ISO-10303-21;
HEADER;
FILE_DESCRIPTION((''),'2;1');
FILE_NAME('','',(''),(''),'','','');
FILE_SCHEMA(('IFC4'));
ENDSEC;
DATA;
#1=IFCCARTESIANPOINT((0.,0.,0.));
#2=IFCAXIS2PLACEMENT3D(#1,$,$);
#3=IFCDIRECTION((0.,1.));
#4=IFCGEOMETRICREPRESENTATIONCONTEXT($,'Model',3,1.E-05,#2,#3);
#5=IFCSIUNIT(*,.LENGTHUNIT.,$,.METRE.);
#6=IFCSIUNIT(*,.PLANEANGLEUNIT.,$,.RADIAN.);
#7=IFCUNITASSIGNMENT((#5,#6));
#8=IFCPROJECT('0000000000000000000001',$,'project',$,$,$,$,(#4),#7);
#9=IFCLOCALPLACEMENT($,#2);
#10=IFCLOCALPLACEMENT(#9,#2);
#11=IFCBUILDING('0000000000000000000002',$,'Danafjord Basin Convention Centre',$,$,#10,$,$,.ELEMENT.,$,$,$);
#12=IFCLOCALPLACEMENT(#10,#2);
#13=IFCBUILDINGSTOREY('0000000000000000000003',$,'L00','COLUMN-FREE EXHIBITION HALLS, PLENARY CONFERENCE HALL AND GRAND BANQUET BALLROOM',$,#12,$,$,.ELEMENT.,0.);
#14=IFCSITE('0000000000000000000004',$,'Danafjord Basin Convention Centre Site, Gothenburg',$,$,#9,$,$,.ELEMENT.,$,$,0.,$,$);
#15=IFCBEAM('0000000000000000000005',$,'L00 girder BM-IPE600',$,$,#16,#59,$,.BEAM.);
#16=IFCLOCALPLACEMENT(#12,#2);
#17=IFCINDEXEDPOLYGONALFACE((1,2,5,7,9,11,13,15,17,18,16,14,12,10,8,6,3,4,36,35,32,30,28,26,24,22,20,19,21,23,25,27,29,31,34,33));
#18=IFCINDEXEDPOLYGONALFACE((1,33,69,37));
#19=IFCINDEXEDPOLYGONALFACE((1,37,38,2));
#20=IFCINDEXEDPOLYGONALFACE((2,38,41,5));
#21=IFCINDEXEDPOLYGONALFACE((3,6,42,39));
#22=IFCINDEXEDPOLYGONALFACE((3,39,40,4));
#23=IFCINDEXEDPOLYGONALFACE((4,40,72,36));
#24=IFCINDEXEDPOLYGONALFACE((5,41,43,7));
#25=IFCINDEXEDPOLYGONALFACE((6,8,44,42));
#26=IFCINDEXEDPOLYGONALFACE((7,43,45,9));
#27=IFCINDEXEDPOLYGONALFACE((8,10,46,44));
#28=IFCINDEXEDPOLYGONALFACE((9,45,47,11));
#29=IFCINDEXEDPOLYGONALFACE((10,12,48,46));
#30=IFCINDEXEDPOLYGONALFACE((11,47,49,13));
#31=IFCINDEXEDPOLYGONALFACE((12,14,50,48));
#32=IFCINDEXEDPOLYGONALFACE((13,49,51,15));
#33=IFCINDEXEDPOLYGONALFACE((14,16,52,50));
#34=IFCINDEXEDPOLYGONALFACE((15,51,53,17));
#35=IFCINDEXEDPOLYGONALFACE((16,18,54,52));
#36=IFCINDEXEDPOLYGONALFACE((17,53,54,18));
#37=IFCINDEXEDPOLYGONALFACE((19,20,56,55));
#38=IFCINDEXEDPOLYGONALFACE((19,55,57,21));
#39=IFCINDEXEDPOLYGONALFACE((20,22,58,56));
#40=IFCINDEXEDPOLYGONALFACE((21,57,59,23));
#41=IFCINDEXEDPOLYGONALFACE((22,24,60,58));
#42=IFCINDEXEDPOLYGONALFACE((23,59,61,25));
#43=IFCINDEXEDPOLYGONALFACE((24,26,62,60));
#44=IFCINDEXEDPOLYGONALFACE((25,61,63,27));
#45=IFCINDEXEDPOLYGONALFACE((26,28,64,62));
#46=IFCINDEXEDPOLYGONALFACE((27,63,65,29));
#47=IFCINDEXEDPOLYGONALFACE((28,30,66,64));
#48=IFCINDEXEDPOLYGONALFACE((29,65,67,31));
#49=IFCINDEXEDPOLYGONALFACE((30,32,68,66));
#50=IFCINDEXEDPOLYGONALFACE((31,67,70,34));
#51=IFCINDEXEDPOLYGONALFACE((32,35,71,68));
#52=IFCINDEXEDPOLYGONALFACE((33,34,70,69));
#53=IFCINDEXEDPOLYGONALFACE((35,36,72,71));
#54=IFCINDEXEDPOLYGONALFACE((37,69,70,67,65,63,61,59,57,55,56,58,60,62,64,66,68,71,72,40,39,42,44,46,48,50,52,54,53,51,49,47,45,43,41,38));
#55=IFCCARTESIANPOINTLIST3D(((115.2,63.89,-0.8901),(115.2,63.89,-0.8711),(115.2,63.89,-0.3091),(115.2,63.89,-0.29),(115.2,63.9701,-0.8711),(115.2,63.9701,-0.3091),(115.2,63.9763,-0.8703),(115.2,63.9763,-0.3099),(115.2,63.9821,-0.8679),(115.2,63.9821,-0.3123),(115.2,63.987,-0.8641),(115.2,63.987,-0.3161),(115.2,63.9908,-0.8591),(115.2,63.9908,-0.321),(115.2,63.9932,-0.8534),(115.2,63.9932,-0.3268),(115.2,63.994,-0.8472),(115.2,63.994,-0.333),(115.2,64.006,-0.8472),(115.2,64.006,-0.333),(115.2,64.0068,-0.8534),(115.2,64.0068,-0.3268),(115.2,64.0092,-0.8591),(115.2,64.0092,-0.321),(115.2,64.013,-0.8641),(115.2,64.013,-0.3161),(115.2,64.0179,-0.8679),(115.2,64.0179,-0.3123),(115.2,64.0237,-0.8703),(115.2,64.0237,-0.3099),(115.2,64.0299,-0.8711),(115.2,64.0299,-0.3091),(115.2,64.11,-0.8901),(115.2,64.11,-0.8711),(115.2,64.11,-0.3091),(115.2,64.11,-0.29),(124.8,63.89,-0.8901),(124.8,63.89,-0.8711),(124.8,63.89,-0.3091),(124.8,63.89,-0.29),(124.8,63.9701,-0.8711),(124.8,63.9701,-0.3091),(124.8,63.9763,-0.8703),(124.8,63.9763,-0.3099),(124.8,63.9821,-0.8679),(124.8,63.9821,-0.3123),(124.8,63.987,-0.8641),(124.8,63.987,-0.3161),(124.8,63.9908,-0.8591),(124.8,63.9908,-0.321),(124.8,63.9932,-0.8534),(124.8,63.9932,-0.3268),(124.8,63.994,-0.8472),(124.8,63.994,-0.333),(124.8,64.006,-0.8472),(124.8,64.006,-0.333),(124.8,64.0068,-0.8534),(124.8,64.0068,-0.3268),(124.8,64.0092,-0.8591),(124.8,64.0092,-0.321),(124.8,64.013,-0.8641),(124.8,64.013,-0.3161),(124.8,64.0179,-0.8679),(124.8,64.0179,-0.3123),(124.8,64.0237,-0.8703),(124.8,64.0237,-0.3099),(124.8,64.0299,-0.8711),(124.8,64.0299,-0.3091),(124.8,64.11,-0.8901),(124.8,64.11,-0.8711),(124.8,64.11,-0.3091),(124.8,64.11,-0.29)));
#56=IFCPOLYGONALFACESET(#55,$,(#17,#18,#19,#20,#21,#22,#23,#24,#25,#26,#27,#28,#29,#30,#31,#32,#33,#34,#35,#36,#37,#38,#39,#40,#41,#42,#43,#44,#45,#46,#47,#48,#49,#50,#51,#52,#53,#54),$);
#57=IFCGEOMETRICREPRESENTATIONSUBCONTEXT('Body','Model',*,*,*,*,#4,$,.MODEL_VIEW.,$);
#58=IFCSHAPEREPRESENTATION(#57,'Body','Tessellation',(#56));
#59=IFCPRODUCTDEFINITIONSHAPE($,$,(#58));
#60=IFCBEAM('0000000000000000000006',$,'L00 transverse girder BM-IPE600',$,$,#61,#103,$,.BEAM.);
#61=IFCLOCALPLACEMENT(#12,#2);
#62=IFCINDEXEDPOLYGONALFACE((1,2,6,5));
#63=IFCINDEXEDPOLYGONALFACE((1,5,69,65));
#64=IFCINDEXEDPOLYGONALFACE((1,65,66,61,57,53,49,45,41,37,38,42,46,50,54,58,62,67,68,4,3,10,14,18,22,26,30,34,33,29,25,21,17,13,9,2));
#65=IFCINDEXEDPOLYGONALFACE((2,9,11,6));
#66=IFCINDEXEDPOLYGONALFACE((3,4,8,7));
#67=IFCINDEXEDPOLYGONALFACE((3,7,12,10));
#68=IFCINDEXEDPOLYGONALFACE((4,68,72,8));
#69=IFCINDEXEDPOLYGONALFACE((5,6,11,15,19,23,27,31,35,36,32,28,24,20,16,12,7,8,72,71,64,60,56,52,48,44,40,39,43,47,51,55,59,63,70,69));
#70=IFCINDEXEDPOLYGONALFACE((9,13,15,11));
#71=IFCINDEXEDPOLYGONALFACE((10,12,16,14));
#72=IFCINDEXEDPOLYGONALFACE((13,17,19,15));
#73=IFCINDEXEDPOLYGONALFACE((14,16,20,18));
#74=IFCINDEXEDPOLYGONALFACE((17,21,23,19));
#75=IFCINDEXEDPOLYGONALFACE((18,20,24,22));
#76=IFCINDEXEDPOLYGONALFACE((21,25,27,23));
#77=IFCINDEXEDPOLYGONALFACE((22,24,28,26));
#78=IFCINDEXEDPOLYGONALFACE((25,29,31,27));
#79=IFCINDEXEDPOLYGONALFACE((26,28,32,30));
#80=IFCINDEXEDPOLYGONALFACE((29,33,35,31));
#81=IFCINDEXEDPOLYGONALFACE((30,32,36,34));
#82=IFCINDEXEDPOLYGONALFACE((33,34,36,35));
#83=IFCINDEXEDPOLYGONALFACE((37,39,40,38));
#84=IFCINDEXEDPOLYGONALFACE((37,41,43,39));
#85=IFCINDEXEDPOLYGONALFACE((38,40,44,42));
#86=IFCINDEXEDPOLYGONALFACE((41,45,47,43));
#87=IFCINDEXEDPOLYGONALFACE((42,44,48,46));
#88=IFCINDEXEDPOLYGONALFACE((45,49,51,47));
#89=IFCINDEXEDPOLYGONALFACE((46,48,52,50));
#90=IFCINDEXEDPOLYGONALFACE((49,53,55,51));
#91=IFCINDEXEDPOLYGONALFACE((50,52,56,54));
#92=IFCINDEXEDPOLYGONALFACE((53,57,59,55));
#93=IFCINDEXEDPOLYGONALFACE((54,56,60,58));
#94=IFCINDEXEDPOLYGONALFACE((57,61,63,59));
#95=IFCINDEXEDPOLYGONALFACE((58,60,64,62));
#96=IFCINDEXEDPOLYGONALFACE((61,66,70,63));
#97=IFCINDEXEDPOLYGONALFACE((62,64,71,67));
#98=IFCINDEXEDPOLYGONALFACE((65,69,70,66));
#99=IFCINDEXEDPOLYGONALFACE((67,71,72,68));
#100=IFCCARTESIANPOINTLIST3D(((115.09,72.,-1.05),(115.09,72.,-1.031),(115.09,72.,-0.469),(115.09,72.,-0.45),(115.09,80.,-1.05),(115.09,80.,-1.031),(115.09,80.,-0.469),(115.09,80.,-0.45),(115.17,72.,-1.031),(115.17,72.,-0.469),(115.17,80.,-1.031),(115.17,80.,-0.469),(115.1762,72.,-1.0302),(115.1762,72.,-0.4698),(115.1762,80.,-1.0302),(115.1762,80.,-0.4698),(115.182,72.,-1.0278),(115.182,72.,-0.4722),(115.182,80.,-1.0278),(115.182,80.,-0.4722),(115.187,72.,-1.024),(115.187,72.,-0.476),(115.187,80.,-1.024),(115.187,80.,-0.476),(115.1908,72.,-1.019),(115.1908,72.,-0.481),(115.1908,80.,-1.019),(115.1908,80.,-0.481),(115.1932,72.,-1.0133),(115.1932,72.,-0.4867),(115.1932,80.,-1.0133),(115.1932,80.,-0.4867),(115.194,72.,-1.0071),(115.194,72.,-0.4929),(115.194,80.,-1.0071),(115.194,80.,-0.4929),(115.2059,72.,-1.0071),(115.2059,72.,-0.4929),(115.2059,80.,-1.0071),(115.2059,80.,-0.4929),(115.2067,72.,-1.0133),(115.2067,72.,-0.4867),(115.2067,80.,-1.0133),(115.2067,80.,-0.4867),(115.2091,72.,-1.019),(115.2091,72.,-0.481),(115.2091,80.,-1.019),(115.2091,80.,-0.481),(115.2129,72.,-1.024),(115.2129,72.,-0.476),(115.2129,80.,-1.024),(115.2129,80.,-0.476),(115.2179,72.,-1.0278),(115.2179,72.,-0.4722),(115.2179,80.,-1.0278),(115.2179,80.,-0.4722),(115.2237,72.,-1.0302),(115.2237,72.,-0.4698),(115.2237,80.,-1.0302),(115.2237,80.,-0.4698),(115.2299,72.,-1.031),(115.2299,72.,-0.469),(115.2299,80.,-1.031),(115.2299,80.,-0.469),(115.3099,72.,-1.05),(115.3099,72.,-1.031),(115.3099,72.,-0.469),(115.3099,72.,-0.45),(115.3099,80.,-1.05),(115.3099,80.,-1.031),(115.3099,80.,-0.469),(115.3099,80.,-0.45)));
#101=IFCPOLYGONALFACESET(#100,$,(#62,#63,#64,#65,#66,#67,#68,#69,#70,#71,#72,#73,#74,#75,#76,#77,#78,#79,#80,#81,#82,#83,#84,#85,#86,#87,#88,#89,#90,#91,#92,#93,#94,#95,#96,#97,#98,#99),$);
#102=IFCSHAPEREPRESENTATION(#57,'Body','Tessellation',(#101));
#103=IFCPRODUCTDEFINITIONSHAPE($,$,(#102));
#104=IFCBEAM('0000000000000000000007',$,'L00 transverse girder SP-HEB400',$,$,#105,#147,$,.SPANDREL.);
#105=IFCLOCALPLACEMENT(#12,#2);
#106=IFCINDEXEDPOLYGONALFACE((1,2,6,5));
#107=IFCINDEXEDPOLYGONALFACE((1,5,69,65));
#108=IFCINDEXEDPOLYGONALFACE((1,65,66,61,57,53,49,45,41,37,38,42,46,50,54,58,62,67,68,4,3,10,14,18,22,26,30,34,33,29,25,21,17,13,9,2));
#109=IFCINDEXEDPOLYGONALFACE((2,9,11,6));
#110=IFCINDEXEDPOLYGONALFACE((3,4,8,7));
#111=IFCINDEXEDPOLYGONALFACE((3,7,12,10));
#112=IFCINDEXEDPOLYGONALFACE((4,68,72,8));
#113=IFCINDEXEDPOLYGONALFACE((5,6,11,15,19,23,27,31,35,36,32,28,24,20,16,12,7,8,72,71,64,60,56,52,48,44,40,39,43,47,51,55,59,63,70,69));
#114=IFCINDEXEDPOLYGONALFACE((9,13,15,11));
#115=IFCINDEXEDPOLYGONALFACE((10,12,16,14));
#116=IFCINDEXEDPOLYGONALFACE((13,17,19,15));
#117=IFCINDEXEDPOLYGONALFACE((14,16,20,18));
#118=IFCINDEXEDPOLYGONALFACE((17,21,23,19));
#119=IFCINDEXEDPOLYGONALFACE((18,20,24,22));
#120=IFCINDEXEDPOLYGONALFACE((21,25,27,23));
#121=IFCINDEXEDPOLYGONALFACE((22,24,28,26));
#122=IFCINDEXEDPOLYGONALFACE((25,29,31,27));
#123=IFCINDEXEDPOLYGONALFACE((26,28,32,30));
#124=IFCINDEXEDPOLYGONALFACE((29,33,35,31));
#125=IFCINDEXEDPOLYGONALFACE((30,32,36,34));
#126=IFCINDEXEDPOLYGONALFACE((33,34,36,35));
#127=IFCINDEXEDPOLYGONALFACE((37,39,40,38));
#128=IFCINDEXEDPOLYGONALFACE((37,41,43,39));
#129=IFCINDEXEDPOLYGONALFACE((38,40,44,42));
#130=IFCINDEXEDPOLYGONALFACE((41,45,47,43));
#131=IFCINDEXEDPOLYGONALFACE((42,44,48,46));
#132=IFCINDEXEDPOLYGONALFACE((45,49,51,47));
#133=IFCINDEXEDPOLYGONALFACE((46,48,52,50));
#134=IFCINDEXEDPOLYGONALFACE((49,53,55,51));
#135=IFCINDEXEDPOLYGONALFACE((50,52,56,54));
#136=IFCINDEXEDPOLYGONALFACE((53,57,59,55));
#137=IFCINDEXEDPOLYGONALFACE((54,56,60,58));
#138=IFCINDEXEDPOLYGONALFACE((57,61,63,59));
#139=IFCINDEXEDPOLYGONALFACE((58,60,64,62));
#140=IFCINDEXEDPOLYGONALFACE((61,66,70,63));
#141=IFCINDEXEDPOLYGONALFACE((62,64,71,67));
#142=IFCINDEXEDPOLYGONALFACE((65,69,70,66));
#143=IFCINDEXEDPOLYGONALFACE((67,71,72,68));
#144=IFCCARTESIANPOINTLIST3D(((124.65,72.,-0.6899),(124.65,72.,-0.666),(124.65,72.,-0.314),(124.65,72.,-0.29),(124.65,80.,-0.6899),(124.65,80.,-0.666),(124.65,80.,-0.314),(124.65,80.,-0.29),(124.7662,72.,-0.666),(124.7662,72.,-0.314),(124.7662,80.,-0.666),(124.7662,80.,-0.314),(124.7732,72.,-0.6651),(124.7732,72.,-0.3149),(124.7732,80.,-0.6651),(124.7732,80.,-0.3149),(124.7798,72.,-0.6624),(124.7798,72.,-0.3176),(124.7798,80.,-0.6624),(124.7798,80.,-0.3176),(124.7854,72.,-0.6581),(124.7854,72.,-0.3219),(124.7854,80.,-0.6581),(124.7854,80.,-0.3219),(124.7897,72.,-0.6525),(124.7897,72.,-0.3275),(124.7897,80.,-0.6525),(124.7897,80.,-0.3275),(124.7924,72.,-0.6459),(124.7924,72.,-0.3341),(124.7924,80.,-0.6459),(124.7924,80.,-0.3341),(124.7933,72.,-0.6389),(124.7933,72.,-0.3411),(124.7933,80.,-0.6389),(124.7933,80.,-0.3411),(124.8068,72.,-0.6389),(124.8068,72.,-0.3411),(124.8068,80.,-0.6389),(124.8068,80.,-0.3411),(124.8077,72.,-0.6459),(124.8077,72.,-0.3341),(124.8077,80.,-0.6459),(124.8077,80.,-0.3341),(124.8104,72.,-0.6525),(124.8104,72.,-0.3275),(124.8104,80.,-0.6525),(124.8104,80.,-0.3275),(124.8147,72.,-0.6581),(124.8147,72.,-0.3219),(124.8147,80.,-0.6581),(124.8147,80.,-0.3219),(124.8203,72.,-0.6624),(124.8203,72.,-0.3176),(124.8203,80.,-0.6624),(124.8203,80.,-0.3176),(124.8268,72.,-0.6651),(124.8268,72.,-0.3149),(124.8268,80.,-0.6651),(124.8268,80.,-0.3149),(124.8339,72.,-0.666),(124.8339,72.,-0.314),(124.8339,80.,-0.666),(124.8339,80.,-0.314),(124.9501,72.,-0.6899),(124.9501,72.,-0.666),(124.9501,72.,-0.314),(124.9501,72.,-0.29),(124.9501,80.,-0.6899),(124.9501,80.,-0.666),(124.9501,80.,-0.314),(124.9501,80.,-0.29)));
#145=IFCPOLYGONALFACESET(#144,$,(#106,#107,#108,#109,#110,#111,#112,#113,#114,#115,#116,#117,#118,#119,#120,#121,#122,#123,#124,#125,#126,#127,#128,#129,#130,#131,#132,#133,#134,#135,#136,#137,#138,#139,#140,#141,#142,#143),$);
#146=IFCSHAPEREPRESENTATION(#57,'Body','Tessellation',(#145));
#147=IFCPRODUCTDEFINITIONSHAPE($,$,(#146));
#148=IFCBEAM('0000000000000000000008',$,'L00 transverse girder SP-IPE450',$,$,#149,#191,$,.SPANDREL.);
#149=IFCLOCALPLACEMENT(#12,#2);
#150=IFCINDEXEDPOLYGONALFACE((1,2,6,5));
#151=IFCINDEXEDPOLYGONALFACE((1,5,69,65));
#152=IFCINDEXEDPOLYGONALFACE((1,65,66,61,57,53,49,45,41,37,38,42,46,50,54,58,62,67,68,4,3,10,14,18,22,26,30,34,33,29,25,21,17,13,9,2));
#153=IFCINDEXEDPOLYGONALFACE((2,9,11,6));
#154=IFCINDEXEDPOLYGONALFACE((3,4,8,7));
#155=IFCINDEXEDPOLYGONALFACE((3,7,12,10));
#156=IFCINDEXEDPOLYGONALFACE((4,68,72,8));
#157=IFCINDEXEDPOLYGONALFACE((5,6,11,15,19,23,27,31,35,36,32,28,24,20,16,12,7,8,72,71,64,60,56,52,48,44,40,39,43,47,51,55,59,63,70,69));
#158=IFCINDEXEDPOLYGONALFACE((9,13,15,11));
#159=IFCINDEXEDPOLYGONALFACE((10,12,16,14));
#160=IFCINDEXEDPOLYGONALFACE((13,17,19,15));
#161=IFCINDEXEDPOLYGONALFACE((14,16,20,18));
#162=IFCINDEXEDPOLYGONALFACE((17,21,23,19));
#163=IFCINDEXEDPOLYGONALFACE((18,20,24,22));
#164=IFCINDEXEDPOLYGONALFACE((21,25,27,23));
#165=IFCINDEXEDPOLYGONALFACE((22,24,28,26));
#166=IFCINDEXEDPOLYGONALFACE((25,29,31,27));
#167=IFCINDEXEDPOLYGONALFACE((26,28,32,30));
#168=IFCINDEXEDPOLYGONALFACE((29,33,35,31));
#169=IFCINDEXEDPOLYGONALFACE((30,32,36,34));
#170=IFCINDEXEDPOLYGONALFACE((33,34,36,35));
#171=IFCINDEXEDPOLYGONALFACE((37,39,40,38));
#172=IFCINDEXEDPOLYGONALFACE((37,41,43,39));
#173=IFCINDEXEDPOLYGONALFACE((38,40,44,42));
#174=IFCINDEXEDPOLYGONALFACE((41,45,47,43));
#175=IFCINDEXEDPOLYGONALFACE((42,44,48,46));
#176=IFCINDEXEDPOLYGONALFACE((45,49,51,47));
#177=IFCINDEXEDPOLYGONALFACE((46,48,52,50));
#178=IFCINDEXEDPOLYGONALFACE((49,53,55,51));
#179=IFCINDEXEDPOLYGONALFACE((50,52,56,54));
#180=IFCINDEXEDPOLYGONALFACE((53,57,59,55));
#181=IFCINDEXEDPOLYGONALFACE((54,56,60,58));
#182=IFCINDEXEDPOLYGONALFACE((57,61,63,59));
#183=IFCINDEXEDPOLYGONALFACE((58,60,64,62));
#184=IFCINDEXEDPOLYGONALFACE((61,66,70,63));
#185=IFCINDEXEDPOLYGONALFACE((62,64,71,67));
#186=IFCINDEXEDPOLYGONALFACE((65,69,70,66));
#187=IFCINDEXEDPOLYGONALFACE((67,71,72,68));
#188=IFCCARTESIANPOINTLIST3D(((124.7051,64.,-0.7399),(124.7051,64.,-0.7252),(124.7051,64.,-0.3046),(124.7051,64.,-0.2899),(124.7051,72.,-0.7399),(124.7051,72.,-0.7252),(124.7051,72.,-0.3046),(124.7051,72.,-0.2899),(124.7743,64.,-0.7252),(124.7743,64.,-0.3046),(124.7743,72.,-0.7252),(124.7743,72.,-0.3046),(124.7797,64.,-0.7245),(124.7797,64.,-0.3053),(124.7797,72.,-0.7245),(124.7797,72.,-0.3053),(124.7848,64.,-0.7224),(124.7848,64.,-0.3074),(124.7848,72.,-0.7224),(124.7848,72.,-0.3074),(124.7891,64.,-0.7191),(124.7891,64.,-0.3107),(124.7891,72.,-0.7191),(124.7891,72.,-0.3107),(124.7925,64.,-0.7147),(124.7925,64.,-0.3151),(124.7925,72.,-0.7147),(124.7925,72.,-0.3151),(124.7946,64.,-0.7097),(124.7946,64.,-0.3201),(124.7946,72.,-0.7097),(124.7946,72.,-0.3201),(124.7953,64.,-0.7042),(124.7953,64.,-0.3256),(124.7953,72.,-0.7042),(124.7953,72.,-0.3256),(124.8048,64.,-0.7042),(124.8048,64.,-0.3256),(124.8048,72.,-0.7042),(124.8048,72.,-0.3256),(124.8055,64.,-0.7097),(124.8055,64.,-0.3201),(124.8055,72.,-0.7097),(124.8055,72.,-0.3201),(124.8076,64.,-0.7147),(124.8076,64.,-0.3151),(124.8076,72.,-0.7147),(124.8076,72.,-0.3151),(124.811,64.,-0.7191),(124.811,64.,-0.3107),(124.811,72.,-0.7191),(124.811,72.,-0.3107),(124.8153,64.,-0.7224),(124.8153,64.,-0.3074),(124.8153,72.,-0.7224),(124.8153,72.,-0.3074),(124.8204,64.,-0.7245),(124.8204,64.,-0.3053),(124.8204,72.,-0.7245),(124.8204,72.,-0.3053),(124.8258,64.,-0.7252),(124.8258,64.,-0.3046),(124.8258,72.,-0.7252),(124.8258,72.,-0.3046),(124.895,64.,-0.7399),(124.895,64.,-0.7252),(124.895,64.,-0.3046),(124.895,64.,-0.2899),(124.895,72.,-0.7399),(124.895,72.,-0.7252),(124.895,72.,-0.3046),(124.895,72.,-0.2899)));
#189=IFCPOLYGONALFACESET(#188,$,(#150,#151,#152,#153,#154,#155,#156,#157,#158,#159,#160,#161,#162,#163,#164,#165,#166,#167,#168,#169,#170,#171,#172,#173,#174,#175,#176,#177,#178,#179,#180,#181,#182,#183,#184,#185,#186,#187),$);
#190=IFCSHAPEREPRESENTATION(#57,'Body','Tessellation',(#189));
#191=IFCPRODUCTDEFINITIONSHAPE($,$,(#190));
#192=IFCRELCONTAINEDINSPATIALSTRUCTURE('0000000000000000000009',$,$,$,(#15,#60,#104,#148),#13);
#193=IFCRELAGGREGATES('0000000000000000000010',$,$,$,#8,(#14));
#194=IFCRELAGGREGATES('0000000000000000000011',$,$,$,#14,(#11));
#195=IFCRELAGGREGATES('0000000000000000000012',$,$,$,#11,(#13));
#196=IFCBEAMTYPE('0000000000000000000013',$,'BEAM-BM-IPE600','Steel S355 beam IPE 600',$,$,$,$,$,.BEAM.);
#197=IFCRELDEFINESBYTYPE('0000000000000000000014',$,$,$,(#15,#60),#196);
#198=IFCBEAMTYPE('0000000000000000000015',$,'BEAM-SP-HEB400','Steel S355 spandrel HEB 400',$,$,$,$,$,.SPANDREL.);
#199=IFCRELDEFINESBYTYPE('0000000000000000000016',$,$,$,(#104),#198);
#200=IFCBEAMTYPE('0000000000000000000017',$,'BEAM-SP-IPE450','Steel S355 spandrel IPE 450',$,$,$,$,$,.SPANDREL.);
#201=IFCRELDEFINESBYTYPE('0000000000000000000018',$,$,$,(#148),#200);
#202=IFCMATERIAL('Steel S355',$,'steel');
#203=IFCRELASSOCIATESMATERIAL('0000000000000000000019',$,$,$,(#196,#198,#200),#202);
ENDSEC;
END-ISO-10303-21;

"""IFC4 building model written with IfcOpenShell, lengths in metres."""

from ifc_helpers import new_model, si_unit, direction, frame, origin, origin_2d, place, context, subcontext, project, spatial, i_section, extrude, material, material_profile, profile_set, type_object, element, save


model = new_model("IFC4")

# Units and contexts
model_context = context("Model", 3, precision=1e-05, world=origin(), true_north=direction((0.0, 1.0)))
body_context = subcontext(model_context, "Body", "Model", "MODEL_VIEW")
ifc_project = project(units=[si_unit("LENGTHUNIT", "METRE"), si_unit("PLANEANGLEUNIT", "RADIAN")], contexts=[model_context])

# Site, building, storey
site_placement = place(None, origin())
site = spatial("IfcSite", under=ifc_project, at=site_placement, Name="Danafjord Basin Convention Centre Site, Gothenburg", CompositionType="ELEMENT", RefElevation=0.0)
building_placement = place(site_placement, origin())
building = spatial("IfcBuilding", under=site, at=building_placement, Name="Danafjord Basin Convention Centre", CompositionType="ELEMENT")
storey_placement = place(building_placement, origin())
storey = spatial("IfcBuildingStorey", under=building, at=storey_placement, Name="L00", Description="COLUMN-FREE EXHIBITION HALLS, PLENARY CONFERENCE HALL AND GRAND BANQUET BALLROOM", CompositionType="ELEMENT", Elevation=0.0)

# Shared definitions
ifc_material_1 = material(Name="Steel S355", Category="steel")

# Beams
ifc_material_profile_1 = material_profile(ifc_material_1, i_section(OverallWidth=0.22, OverallDepth=0.6001, WebThickness=0.012, FlangeThickness=0.019, FilletRadius=0.0239, at=origin_2d()), Name="IPE 600")
ifc_profile_set_1 = profile_set([ifc_material_profile_1], Name="Steel S355")
beam_type_1 = type_object("IfcBeamType", Name="BEAM-BM-IPE600", Description="Steel S355 beam IPE 600", PredefinedType="BEAM", material=ifc_profile_set_1)
beam_1_placement = place(storey_placement, frame((115.2, 64.0, -0.5901), z_axis=(1.0, 0.0, 0.0), x_axis=(0.0, 1.0, 0.0)))
element("IfcBeam", 1, at=beam_1_placement, inside=storey, type_object=beam_type_1, Name="L00 girder BM-IPE600", PredefinedType="BEAM", context=body_context, shape_type="SweptSolid", body=[
    extrude(i_section(OverallWidth=0.22, OverallDepth=0.6001, WebThickness=0.012, FlangeThickness=0.019, FilletRadius=0.0239, at=origin_2d()), origin(), (0.0, 0.0, 1.0), 9.6001),
])
beam_2_placement = place(storey_placement, frame((115.2, 72.0, -0.75), z_axis=(0.0, 1.0, 0.0), x_axis=(-1.0, 0.0, 0.0)))
element("IfcBeam", 2, at=beam_2_placement, inside=storey, type_object=beam_type_1, Name="L00 transverse girder BM-IPE600", PredefinedType="BEAM", context=body_context, shape_type="SweptSolid", body=[
    extrude(i_section(OverallWidth=0.22, OverallDepth=0.6001, WebThickness=0.012, FlangeThickness=0.019, FilletRadius=0.0239, at=origin_2d()), origin(), (0.0, 0.0, 1.0), 8.0),
])
ifc_material_profile_2 = material_profile(ifc_material_1, i_section(OverallWidth=0.3, OverallDepth=0.3999, WebThickness=0.0134, FlangeThickness=0.0239, FilletRadius=0.0271, at=origin_2d()), Name="HEB 400")
ifc_profile_set_2 = profile_set([ifc_material_profile_2], Name="Steel S355")
beam_type_2 = type_object("IfcBeamType", Name="BEAM-SP-HEB400", Description="Steel S355 spandrel HEB 400", PredefinedType="SPANDREL", material=ifc_profile_set_2)
beam_3_placement = place(storey_placement, frame((124.8, 72.0, -0.49), z_axis=(0.0, 1.0, 0.0), x_axis=(-1.0, 0.0, 0.0)))
element("IfcBeam", 3, at=beam_3_placement, inside=storey, type_object=beam_type_2, Name="L00 transverse girder SP-HEB400", PredefinedType="SPANDREL", context=body_context, shape_type="SweptSolid", body=[
    extrude(i_section(OverallWidth=0.3, OverallDepth=0.3999, WebThickness=0.0134, FlangeThickness=0.0239, FilletRadius=0.0271, at=origin_2d()), origin(), (0.0, 0.0, 1.0), 8.0),
])
ifc_material_profile_3 = material_profile(ifc_material_1, i_section(OverallWidth=0.1899, OverallDepth=0.45, WebThickness=0.0095, FlangeThickness=0.0146, FilletRadius=0.021, at=origin_2d()), Name="IPE 450")
ifc_profile_set_3 = profile_set([ifc_material_profile_3], Name="Steel S355")
beam_type_3 = type_object("IfcBeamType", Name="BEAM-SP-IPE450", Description="Steel S355 spandrel IPE 450", PredefinedType="SPANDREL", material=ifc_profile_set_3)
beam_4_placement = place(storey_placement, frame((124.8, 64.0, -0.5149), z_axis=(0.0, 1.0, 0.0), x_axis=(-1.0, 0.0, 0.0)))
element("IfcBeam", 4, at=beam_4_placement, inside=storey, type_object=beam_type_3, Name="L00 transverse girder SP-IPE450", PredefinedType="SPANDREL", context=body_context, shape_type="SweptSolid", body=[
    extrude(i_section(OverallWidth=0.1899, OverallDepth=0.45, WebThickness=0.0095, FlangeThickness=0.0146, FilletRadius=0.021, at=origin_2d()), origin(), (0.0, 0.0, 1.0), 8.0),
])

save(model, "model.ifc")
